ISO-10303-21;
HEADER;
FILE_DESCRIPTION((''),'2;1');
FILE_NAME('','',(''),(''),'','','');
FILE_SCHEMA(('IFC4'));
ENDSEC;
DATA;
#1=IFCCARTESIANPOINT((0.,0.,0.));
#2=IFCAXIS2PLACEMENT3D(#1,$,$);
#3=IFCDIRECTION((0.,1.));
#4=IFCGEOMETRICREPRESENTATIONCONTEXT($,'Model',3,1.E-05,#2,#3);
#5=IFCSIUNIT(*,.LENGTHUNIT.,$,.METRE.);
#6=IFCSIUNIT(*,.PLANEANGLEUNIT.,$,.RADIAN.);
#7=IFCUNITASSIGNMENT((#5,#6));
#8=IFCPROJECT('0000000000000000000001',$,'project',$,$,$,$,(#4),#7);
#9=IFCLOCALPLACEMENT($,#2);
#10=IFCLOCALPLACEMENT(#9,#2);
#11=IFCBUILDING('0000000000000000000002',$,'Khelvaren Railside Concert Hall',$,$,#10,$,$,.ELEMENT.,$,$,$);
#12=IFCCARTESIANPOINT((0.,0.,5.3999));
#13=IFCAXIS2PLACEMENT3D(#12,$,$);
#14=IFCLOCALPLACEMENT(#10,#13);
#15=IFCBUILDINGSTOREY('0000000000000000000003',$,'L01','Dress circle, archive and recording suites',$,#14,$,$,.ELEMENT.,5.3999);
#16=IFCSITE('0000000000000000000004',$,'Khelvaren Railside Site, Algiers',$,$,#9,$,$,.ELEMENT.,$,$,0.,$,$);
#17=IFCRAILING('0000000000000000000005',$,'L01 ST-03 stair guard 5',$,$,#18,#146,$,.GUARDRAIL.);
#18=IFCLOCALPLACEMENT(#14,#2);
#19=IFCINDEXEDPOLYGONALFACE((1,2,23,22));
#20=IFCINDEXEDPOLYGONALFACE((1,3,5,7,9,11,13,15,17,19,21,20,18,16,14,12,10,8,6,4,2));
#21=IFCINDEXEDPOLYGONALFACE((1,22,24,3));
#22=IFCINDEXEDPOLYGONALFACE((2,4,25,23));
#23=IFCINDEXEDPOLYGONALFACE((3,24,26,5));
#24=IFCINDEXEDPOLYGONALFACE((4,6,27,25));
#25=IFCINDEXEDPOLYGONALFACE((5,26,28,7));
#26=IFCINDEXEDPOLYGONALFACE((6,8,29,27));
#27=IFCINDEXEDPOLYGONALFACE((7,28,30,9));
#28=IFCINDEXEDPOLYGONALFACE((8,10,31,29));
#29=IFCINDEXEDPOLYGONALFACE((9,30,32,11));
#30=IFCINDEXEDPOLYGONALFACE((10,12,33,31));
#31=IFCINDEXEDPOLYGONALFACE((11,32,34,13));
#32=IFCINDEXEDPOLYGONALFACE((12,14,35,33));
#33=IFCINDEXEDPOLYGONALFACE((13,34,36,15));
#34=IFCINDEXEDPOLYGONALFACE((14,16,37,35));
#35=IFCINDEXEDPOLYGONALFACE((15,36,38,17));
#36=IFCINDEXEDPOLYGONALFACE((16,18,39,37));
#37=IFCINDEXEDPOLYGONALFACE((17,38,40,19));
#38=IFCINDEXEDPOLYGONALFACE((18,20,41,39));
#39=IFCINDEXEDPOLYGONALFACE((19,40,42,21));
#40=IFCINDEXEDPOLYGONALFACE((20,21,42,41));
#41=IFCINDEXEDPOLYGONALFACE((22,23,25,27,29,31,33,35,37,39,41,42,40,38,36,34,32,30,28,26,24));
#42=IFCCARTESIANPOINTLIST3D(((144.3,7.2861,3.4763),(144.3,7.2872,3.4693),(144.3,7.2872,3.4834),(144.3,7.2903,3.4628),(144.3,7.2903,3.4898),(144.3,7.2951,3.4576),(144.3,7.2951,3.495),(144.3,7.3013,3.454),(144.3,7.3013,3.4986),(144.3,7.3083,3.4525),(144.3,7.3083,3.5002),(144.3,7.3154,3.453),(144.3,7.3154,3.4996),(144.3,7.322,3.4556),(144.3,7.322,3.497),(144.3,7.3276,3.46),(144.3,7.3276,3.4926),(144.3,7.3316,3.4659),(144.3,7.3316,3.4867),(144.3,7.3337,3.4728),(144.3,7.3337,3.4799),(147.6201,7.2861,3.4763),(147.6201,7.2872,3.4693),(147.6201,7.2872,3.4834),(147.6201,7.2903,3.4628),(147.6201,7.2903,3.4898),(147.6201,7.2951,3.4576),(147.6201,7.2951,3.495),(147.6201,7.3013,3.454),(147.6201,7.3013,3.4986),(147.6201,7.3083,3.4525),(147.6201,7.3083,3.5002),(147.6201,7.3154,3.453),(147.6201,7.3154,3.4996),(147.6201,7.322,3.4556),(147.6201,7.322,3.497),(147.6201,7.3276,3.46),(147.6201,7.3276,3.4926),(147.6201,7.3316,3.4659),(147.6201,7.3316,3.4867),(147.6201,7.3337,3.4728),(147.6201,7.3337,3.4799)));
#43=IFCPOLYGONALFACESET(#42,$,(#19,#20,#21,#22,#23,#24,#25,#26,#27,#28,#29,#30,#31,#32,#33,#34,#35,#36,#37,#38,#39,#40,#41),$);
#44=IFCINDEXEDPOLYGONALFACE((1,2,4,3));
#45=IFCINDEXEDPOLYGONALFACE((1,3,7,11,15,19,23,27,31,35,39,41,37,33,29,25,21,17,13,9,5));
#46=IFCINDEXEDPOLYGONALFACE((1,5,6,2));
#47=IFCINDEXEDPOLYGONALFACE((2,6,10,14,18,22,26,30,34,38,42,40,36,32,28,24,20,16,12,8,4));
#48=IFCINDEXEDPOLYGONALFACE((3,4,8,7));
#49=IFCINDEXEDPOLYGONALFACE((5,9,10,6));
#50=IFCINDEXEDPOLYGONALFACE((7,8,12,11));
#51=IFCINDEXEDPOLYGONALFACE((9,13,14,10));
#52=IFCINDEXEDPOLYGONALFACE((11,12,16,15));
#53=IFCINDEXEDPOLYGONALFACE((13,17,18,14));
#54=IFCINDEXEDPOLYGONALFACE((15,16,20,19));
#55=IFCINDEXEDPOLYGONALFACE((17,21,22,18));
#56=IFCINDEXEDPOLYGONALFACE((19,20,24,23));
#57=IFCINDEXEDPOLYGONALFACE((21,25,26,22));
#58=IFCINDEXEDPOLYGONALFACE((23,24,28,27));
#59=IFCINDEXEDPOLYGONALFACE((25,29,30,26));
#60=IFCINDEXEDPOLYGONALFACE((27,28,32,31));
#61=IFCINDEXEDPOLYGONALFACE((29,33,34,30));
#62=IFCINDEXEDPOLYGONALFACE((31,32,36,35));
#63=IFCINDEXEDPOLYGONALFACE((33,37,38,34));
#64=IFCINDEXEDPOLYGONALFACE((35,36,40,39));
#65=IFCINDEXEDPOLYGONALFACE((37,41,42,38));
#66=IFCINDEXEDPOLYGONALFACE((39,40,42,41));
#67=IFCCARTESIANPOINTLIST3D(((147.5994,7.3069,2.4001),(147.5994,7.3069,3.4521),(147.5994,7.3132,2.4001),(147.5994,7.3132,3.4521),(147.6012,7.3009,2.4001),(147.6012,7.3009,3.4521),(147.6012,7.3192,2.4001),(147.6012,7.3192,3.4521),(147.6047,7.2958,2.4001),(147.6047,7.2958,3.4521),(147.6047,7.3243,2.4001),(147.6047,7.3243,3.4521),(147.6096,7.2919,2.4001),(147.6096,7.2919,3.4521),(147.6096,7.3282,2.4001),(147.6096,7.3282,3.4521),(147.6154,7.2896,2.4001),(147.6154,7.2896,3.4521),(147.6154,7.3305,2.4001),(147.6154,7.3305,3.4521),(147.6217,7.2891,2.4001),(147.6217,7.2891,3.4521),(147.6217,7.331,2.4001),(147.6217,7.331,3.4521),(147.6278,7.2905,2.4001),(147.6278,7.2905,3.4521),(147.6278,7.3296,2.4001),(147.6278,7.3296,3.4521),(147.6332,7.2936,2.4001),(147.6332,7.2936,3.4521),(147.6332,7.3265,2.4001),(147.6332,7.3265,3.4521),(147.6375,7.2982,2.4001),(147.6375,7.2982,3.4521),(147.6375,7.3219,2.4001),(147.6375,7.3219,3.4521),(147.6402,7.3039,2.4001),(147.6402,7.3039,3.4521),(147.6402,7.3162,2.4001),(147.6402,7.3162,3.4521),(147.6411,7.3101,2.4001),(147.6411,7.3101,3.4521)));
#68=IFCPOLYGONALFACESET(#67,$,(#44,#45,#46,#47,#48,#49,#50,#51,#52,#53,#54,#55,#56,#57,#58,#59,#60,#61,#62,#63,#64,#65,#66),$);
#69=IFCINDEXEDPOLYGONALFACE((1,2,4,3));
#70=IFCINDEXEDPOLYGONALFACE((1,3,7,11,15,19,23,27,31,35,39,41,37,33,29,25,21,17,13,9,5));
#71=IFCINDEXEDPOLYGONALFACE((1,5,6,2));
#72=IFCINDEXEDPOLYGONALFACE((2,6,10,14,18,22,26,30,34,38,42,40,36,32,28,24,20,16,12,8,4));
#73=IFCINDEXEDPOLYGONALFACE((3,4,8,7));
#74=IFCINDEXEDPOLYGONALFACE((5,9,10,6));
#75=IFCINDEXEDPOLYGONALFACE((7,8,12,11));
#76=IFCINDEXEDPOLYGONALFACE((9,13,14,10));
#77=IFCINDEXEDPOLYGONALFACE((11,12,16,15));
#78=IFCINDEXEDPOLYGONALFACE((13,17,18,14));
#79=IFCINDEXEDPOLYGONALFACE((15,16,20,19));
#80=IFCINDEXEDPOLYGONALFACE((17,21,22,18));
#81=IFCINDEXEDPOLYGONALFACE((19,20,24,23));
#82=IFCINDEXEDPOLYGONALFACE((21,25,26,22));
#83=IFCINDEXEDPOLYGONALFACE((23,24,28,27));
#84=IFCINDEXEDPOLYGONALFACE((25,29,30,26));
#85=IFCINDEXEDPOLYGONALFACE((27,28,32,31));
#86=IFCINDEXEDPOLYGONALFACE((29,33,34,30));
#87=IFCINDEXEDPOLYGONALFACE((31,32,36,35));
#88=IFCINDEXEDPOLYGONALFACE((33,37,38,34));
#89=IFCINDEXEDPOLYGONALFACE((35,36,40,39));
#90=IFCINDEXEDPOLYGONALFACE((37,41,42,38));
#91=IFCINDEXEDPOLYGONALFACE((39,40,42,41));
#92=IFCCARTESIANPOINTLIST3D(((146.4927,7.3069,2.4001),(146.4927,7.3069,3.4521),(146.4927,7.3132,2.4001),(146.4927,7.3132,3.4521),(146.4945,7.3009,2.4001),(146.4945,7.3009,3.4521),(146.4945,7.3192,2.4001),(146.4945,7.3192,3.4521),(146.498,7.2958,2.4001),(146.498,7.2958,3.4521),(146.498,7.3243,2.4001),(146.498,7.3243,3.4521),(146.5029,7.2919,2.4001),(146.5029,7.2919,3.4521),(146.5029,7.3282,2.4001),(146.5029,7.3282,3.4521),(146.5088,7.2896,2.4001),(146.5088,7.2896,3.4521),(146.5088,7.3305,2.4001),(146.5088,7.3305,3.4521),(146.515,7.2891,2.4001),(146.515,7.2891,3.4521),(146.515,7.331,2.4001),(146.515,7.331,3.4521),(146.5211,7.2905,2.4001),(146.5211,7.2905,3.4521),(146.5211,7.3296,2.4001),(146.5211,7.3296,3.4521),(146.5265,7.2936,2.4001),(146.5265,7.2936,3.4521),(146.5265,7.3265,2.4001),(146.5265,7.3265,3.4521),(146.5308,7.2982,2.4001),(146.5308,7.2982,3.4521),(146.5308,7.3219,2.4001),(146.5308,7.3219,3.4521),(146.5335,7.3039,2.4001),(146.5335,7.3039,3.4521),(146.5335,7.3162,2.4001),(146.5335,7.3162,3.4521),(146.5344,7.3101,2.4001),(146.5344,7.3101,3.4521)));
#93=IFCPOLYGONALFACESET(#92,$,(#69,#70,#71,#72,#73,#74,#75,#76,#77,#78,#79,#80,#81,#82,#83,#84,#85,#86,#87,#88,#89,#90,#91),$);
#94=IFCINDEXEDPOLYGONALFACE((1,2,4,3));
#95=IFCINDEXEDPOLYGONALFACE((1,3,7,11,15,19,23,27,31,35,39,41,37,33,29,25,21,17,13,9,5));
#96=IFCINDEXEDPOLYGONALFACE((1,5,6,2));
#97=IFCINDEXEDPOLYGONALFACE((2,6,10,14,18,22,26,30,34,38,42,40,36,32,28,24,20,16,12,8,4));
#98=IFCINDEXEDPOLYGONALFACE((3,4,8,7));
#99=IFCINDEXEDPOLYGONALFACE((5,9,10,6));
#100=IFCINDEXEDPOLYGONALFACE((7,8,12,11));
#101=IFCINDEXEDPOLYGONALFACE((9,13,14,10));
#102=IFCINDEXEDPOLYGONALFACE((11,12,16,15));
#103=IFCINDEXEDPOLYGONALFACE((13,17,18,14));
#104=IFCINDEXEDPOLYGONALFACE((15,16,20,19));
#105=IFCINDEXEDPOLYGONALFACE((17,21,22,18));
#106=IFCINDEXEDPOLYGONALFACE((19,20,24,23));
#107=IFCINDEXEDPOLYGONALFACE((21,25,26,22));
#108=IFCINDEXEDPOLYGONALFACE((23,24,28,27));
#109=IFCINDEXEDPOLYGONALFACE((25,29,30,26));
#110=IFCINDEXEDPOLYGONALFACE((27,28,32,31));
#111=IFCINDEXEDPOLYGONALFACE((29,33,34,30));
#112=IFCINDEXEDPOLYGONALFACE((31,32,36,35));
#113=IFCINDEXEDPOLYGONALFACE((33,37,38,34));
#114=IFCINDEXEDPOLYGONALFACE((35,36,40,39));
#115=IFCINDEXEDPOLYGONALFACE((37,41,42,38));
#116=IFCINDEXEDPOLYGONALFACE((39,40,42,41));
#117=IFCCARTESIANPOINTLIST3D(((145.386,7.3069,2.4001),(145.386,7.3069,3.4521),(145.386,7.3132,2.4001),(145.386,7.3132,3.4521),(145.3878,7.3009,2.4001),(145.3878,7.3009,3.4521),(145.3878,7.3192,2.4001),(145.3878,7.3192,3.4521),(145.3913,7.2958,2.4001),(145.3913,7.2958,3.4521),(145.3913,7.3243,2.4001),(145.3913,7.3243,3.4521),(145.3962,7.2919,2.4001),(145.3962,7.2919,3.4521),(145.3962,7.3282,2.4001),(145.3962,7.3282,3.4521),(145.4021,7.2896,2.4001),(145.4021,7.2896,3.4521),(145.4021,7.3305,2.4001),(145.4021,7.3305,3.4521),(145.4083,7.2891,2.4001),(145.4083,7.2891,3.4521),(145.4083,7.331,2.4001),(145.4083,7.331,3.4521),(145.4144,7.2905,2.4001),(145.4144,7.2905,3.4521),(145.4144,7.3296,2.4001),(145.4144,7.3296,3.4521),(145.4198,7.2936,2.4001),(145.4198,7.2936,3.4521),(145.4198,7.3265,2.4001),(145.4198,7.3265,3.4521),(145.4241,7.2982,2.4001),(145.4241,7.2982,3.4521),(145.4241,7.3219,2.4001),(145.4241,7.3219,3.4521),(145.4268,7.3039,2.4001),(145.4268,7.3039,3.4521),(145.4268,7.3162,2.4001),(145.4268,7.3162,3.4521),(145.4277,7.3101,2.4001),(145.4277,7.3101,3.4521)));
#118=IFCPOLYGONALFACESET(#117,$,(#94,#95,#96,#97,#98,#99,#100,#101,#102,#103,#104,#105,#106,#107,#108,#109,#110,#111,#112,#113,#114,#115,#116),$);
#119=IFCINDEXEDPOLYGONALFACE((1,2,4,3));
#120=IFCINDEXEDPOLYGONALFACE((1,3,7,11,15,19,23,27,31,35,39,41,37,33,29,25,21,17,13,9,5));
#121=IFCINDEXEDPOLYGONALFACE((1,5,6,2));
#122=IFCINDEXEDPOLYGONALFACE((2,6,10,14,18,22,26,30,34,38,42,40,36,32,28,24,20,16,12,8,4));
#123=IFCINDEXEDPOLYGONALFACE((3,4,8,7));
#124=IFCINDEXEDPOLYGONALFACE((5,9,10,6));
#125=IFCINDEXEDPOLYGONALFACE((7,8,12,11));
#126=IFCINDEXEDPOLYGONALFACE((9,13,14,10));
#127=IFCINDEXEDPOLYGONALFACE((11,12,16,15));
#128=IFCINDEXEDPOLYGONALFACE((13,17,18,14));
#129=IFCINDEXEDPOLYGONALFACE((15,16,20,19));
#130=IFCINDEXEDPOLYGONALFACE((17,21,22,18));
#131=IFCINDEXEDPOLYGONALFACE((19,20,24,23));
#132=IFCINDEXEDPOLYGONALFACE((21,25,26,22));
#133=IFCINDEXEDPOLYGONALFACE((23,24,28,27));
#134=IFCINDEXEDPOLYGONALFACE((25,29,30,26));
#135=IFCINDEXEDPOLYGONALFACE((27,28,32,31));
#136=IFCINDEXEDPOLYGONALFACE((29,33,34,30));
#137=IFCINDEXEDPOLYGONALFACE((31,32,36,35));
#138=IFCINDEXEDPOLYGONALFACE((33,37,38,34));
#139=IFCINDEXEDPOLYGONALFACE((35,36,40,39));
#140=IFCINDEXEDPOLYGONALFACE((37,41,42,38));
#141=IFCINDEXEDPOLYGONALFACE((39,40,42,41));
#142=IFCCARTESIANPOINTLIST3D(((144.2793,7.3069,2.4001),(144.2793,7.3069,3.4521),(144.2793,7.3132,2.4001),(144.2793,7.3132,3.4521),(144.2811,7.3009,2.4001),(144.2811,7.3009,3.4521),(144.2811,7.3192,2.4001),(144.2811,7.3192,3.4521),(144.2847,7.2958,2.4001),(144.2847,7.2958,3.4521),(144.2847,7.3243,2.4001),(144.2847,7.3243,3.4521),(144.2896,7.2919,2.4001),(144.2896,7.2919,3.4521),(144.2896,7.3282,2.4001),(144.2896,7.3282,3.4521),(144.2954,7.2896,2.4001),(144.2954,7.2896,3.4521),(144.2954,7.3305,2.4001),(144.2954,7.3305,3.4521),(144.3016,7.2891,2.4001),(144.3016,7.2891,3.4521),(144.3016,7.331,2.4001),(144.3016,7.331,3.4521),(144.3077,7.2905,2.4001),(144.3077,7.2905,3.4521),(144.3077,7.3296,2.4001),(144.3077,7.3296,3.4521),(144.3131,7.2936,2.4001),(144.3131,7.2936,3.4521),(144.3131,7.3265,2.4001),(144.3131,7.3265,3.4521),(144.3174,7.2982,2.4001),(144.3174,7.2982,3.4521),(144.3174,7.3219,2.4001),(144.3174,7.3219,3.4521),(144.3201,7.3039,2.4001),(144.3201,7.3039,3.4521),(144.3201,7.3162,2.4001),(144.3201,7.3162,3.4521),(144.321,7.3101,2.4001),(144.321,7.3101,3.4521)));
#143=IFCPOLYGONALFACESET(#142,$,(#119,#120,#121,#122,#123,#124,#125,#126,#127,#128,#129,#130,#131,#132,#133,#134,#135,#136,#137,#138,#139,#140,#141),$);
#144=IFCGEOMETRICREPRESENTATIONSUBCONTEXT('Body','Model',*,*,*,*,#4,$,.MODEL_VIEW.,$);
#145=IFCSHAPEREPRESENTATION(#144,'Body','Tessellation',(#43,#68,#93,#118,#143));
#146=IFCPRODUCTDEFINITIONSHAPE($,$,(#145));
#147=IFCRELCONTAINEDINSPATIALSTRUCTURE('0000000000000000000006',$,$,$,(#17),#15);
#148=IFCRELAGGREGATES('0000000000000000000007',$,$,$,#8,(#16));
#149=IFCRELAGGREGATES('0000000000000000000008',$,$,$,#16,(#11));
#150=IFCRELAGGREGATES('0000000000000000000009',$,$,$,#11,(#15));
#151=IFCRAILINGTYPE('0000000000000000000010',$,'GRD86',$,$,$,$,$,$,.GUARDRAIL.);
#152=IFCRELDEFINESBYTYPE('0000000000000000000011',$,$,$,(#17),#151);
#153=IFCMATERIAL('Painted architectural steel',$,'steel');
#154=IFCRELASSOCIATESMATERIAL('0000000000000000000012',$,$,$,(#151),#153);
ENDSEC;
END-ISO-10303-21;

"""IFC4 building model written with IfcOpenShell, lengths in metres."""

from ifc_helpers import new_model, si_unit, direction, frame, origin, origin_2d, place, context, subcontext, project, spatial, circle, extrude, material, type_object, element, save


model = new_model("IFC4")

# Units and contexts
model_context = context("Model", 3, precision=1e-05, world=origin(), true_north=direction((0.0, 1.0)))
body_context = subcontext(model_context, "Body", "Model", "MODEL_VIEW")
ifc_project = project(units=[si_unit("LENGTHUNIT", "METRE"), si_unit("PLANEANGLEUNIT", "RADIAN")], contexts=[model_context])

# Site, building, storey
site_placement = place(None, origin())
site = spatial("IfcSite", under=ifc_project, at=site_placement, Name="Khelvaren Railside Site, Algiers", CompositionType="ELEMENT", RefElevation=0.0)
building_placement = place(site_placement, origin())
building = spatial("IfcBuilding", under=site, at=building_placement, Name="Khelvaren Railside Concert Hall", CompositionType="ELEMENT")
storey_placement = place(building_placement, frame((0.0, 0.0, 5.3999)))
storey = spatial("IfcBuildingStorey", under=building, at=storey_placement, Name="L01", Description="Dress circle, archive and recording suites", CompositionType="ELEMENT", Elevation=5.3999)

# Railing
ifc_material_1 = material(Name="Painted architectural steel", Category="steel")
railing_type_1 = type_object("IfcRailingType", Name="GRD86", PredefinedType="GUARDRAIL", material=ifc_material_1)
railing_1_placement = place(storey_placement, frame((147.6201, 7.3101, 2.4001)))
element("IfcRailing", 1, at=railing_1_placement, inside=storey, type_object=railing_type_1, Name="L01 ST-03 stair guard 5", PredefinedType="GUARDRAIL", context=body_context, shape_type="SweptSolid", body=[
    extrude(circle(Radius=0.0239, at=origin_2d()), frame((0.0, 0.0, 1.0762), z_axis=(-1.0, 0.0, 0.0), x_axis=(0.0, -1.0, 0.0)), (0.0, 0.0, 1.0), 3.3201),
    extrude(circle(Radius=0.021, at=origin_2d()), origin(), (0.0, 0.0, 1.0), 1.052),
    extrude(circle(Radius=0.021, at=origin_2d()), frame((-1.1067, 0.0, 0.0)), (0.0, 0.0, 1.0), 1.052),
    extrude(circle(Radius=0.021, at=origin_2d()), frame((-2.2134, 0.0, 0.0)), (0.0, 0.0, 1.0), 1.052),
    extrude(circle(Radius=0.021, at=origin_2d()), frame((-3.3201, 0.0, 0.0)), (0.0, 0.0, 1.0), 1.052),
])

save(model, "model.ifc")
